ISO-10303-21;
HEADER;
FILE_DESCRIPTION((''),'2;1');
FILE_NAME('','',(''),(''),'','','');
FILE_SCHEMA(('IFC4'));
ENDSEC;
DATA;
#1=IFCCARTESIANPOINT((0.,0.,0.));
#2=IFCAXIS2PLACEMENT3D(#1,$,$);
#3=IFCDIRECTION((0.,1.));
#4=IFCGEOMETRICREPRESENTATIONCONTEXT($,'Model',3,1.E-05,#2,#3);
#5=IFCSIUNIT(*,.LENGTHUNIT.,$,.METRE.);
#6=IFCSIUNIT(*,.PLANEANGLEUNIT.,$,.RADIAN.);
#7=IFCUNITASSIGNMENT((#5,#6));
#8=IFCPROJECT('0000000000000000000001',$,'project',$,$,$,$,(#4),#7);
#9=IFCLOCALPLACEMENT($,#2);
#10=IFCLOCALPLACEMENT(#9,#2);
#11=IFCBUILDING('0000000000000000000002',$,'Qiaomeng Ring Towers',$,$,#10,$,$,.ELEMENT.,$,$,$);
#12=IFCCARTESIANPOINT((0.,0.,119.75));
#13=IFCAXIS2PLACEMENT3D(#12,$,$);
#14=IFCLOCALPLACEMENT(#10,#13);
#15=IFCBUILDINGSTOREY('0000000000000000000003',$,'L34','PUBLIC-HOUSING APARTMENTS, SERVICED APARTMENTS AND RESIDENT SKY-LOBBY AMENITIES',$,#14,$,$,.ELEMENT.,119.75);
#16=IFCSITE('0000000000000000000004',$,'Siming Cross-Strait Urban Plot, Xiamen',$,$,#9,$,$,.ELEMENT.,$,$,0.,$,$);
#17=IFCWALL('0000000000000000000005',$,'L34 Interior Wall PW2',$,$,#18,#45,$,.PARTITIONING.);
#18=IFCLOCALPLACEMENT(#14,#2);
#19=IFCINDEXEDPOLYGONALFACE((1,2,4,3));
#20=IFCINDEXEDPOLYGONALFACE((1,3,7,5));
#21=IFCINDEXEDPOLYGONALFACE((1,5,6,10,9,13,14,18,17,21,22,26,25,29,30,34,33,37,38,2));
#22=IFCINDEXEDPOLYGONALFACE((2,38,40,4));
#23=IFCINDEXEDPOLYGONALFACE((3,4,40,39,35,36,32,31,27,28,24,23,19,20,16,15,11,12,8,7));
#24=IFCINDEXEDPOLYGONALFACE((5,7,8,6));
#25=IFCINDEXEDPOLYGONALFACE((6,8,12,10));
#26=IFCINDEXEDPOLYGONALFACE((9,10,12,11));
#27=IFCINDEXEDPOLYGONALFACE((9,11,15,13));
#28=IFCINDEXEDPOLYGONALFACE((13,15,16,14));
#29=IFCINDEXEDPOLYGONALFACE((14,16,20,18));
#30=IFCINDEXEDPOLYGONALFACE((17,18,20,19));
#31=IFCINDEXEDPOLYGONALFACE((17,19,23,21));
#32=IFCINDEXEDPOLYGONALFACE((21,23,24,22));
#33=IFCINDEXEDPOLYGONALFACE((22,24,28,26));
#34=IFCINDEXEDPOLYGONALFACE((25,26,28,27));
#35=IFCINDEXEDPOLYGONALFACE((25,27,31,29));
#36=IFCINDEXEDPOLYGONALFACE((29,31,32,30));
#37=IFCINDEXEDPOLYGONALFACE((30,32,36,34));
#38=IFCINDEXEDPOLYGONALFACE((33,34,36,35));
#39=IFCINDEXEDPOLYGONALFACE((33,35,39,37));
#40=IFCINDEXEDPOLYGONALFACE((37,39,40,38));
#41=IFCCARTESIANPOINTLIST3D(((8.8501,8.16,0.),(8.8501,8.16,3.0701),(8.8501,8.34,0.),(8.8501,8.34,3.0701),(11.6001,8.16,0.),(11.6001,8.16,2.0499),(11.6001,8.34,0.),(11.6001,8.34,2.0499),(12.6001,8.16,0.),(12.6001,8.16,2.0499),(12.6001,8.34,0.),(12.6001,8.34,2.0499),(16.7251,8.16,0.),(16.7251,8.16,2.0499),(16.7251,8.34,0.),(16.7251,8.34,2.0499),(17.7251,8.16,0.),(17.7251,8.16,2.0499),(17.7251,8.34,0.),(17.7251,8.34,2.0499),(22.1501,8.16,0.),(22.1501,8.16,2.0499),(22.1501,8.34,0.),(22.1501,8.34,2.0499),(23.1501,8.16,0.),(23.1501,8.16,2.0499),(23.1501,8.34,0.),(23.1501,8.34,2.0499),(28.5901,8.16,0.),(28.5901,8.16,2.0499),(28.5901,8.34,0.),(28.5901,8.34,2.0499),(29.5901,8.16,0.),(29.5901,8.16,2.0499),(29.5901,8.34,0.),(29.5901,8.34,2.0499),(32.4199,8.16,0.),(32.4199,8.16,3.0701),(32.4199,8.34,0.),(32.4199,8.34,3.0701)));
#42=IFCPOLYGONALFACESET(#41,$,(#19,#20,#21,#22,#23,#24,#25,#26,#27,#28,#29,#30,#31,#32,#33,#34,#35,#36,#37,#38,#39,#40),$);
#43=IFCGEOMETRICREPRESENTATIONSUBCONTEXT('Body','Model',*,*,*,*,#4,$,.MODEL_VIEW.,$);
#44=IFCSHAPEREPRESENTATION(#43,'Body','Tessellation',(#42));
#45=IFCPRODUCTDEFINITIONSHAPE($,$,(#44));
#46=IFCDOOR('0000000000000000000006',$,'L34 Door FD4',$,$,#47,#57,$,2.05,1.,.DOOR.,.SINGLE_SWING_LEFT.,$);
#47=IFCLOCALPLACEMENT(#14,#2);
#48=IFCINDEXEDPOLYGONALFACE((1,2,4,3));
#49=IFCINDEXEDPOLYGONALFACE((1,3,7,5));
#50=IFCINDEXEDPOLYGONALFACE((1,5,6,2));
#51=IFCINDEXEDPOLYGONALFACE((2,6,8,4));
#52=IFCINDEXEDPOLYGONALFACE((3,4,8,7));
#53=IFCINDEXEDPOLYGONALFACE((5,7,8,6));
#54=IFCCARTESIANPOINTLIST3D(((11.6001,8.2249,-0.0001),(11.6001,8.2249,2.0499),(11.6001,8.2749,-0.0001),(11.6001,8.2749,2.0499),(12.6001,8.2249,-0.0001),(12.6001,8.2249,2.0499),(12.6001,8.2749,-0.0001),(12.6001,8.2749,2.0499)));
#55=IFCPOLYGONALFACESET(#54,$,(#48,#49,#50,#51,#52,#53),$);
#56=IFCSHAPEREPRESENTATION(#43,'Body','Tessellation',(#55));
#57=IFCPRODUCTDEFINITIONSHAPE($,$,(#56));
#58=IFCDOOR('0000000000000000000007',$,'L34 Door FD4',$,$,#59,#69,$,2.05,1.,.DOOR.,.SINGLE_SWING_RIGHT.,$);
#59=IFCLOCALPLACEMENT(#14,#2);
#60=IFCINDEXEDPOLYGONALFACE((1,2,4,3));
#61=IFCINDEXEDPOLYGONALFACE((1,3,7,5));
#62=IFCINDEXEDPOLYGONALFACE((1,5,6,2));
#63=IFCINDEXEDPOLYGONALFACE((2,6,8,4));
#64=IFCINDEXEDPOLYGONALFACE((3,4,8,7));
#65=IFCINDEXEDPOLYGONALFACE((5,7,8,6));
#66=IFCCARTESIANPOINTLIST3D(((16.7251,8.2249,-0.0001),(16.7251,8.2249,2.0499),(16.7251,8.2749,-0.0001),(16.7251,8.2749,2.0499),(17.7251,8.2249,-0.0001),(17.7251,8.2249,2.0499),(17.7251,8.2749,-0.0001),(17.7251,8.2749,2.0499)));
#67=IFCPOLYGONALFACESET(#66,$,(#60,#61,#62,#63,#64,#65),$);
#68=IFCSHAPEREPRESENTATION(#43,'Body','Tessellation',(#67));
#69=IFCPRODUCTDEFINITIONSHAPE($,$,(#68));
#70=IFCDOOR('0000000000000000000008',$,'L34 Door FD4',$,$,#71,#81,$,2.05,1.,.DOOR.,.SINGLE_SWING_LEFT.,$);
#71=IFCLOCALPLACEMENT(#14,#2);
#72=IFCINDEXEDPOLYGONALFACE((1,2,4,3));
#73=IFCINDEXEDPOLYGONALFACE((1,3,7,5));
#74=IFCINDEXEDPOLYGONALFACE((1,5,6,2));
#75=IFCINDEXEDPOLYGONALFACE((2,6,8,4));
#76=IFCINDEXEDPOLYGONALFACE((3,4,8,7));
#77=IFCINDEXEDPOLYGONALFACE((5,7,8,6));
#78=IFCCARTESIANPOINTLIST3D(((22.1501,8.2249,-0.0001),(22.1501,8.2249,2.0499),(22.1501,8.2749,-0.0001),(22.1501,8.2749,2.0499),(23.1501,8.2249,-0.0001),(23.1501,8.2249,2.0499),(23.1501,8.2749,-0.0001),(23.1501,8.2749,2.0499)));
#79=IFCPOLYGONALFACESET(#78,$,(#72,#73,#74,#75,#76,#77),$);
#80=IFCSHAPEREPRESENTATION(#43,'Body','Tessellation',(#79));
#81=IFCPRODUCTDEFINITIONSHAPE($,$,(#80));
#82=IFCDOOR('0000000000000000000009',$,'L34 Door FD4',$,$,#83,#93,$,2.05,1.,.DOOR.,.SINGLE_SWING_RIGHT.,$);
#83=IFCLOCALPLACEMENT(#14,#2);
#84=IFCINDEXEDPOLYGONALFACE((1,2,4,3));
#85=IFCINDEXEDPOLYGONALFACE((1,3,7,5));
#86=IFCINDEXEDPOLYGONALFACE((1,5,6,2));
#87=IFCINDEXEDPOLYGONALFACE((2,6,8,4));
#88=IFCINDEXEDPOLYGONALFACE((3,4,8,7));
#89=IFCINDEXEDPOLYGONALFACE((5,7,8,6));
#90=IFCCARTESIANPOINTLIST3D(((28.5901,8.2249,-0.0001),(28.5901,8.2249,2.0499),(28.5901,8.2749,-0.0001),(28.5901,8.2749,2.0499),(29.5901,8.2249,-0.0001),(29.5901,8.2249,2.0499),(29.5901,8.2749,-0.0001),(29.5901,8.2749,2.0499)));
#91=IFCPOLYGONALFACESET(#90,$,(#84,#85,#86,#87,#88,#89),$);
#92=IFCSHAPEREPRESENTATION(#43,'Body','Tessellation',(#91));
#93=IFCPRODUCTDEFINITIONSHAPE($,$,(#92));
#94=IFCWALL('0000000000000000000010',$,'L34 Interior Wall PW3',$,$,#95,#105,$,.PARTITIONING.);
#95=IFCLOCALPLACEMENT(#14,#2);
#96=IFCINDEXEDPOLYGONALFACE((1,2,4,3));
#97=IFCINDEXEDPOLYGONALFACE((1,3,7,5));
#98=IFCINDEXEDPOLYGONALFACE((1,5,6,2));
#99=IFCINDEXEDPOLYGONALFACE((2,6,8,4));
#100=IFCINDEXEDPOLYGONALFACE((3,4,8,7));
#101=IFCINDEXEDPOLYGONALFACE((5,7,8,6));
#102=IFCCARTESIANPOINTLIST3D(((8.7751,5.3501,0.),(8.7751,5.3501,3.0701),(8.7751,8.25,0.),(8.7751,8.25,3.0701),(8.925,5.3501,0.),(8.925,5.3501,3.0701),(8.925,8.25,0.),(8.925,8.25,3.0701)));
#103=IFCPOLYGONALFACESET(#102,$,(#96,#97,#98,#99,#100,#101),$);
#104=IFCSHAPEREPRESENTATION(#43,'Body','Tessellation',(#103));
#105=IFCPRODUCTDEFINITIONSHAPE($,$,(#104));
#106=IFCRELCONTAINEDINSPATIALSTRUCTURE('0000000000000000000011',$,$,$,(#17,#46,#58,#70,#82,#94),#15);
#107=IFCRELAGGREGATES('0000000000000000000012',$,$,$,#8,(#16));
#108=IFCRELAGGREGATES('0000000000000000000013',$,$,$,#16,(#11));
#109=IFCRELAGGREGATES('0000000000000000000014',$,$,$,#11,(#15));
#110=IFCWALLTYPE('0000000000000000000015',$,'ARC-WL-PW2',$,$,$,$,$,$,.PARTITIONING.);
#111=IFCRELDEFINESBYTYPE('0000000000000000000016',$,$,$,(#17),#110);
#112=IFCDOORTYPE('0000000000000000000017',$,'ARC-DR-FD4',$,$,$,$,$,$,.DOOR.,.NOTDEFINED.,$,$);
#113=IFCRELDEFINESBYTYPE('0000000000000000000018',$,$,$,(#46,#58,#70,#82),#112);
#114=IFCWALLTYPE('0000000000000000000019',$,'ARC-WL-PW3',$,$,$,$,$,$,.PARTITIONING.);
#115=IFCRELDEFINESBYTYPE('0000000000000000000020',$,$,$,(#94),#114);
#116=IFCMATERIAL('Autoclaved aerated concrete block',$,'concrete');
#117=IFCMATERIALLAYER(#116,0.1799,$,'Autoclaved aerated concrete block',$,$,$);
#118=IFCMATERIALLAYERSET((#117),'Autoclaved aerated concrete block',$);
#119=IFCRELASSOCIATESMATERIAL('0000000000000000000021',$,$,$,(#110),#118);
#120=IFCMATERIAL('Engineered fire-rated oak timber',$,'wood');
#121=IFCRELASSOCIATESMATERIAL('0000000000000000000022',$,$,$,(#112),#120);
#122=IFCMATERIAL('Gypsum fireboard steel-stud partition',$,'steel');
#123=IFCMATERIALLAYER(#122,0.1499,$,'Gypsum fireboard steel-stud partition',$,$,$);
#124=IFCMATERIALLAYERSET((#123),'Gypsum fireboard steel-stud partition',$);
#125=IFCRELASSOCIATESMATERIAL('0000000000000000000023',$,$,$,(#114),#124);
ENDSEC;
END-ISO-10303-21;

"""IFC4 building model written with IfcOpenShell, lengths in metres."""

from ifc_helpers import new_model, si_unit, direction, frame, frame_2d, origin, place, context, subcontext, project, spatial, rectangle, extrude, source, transform, mapped, material, layer, layer_set, type_object, element, fill, save


model = new_model("IFC4")

# Units and contexts
model_context = context("Model", 3, precision=1e-05, world=origin(), true_north=direction((0.0, 1.0)))
body_context = subcontext(model_context, "Body", "Model", "MODEL_VIEW")
ifc_project = project(units=[si_unit("LENGTHUNIT", "METRE"), si_unit("PLANEANGLEUNIT", "RADIAN")], contexts=[model_context])

# Site, building, storey
site_placement = place(None, origin())
site = spatial("IfcSite", under=ifc_project, at=site_placement, Name="Siming Cross-Strait Urban Plot, Xiamen", CompositionType="ELEMENT", RefElevation=0.0)
building_placement = place(site_placement, origin())
building = spatial("IfcBuilding", under=site, at=building_placement, Name="Qiaomeng Ring Towers", CompositionType="ELEMENT")
storey_placement = place(building_placement, frame((0.0, 0.0, 119.75)))
storey = spatial("IfcBuildingStorey", under=building, at=storey_placement, Name="L34", Description="PUBLIC-HOUSING APARTMENTS, SERVICED APARTMENTS AND RESIDENT SKY-LOBBY AMENITIES", CompositionType="ELEMENT", Elevation=119.75)

# Wall, openings, doors
ifc_material_1 = material(Name="Autoclaved aerated concrete block", Category="concrete")
ifc_layer_1 = layer(ifc_material_1, 0.1799, Name="Autoclaved aerated concrete block")
ifc_layer_set_1 = layer_set([ifc_layer_1], Name="Autoclaved aerated concrete block")
wall_type_1 = type_object("IfcWallType", Name="ARC-WL-PW2", PredefinedType="PARTITIONING", material=ifc_layer_set_1)
wall_1_placement = place(storey_placement, frame((8.8501, 8.25, 0.0), z_axis=(0.0, 0.0, 1.0), x_axis=(1.0, 0.0, 0.0)))
wall_1 = element("IfcWall", 1, at=wall_1_placement, inside=storey, type_object=wall_type_1, Name="L34 Interior Wall PW2", PredefinedType="PARTITIONING", context=body_context, shape_type="SweptSolid", body=[
    extrude(rectangle(XDim=23.5698, YDim=0.1799, at=frame_2d((11.7849, 0.0))), origin(), (0.0, 0.0, 1.0), 3.0701),
])
opening_1_placement = place(wall_1_placement, frame((2.75, 0.0, 0.0)))
opening_1 = element("IfcOpeningElement", 2, at=opening_1_placement, cuts=wall_1, PredefinedType="OPENING", context=body_context, shape_type="SweptSolid", body=[
    extrude(rectangle(XDim=1.0, YDim=2.05, at=frame_2d((0.5, 1.0249))), frame((0.0, 0.0999, 0.0), z_axis=(0.0, -1.0, 0.0), x_axis=(1.0, 0.0, 0.0)), (0.0, 0.0, 1.0), 0.2),
])
opening_2_placement = place(wall_1_placement, frame((7.875, 0.0, 0.0)))
opening_2 = element("IfcOpeningElement", 3, at=opening_2_placement, cuts=wall_1, PredefinedType="OPENING", context=body_context, shape_type="SweptSolid", body=[
    extrude(rectangle(XDim=1.0, YDim=2.05, at=frame_2d((0.5, 1.0249))), frame((0.0, 0.0999, 0.0), z_axis=(0.0, -1.0, 0.0), x_axis=(1.0, 0.0, 0.0)), (0.0, 0.0, 1.0), 0.2),
])
opening_3_placement = place(wall_1_placement, frame((13.3, 0.0, 0.0)))
opening_3 = element("IfcOpeningElement", 4, at=opening_3_placement, cuts=wall_1, PredefinedType="OPENING", context=body_context, shape_type="SweptSolid", body=[
    extrude(rectangle(XDim=1.0, YDim=2.05, at=frame_2d((0.5, 1.0249))), frame((0.0, 0.0999, 0.0), z_axis=(0.0, -1.0, 0.0), x_axis=(1.0, 0.0, 0.0)), (0.0, 0.0, 1.0), 0.2),
])
opening_4_placement = place(wall_1_placement, frame((19.74, 0.0, 0.0)))
opening_4 = element("IfcOpeningElement", 5, at=opening_4_placement, cuts=wall_1, PredefinedType="OPENING", context=body_context, shape_type="SweptSolid", body=[
    extrude(rectangle(XDim=1.0, YDim=2.05, at=frame_2d((0.5, 1.0249))), frame((0.0, 0.0999, 0.0), z_axis=(0.0, -1.0, 0.0), x_axis=(1.0, 0.0, 0.0)), (0.0, 0.0, 1.0), 0.2),
])
ifc_material_2 = material(Name="Engineered fire-rated oak timber", Category="wood")
door_type_1 = type_object("IfcDoorType", Name="ARC-DR-FD4", OperationType="NOTDEFINED", PredefinedType="DOOR", material=ifc_material_2)
shared_shape_1 = source(origin(), body_context, "Body", "SweptSolid", [
    extrude(rectangle(XDim=1.0, YDim=2.05, at=frame_2d((0.5, 1.0249))), frame((0.0, 0.0249, 0.0), z_axis=(0.0, -1.0, 0.0), x_axis=(1.0, 0.0, 0.0)), (0.0, 0.0, 1.0), 0.05),
])
door_1_placement = place(opening_1_placement, origin())
door_1 = element("IfcDoor", 6, at=door_1_placement, inside=storey, type_object=door_type_1, Name="L34 Door FD4", OperationType="SINGLE_SWING_LEFT", OverallHeight=2.05, OverallWidth=1.0, PredefinedType="DOOR", context=body_context, shape_type="MappedRepresentation", body=[
    mapped(shared_shape_1, transform((0.0, 0.0, 0.0), x_axis=(1.0, 0.0, 0.0), y_axis=(0.0, 1.0, 0.0), z_axis=(0.0, 0.0, 1.0), scale=1.0)),
])
fill(opening_1, door_1)
door_2_placement = place(opening_2_placement, origin())
door_2 = element("IfcDoor", 7, at=door_2_placement, inside=storey, type_object=door_type_1, Name="L34 Door FD4", OperationType="SINGLE_SWING_RIGHT", OverallHeight=2.05, OverallWidth=1.0, PredefinedType="DOOR", context=body_context, shape_type="MappedRepresentation", body=[
    mapped(shared_shape_1, transform((0.0, 0.0, 0.0), x_axis=(1.0, 0.0, 0.0), y_axis=(0.0, 1.0, 0.0), z_axis=(0.0, 0.0, 1.0), scale=1.0)),
])
fill(opening_2, door_2)
door_3_placement = place(opening_3_placement, origin())
door_3 = element("IfcDoor", 8, at=door_3_placement, inside=storey, type_object=door_type_1, Name="L34 Door FD4", OperationType="SINGLE_SWING_LEFT", OverallHeight=2.05, OverallWidth=1.0, PredefinedType="DOOR", context=body_context, shape_type="MappedRepresentation", body=[
    mapped(shared_shape_1, transform((0.0, 0.0, 0.0), x_axis=(1.0, 0.0, 0.0), y_axis=(0.0, 1.0, 0.0), z_axis=(0.0, 0.0, 1.0), scale=1.0)),
])
fill(opening_3, door_3)
door_4_placement = place(opening_4_placement, origin())
door_4 = element("IfcDoor", 9, at=door_4_placement, inside=storey, type_object=door_type_1, Name="L34 Door FD4", OperationType="SINGLE_SWING_RIGHT", OverallHeight=2.05, OverallWidth=1.0, PredefinedType="DOOR", context=body_context, shape_type="MappedRepresentation", body=[
    mapped(shared_shape_1, transform((0.0, 0.0, 0.0), x_axis=(1.0, 0.0, 0.0), y_axis=(0.0, 1.0, 0.0), z_axis=(0.0, 0.0, 1.0), scale=1.0)),
])
fill(opening_4, door_4)

# Wall
ifc_material_3 = material(Name="Gypsum fireboard steel-stud partition", Category="steel")
ifc_layer_2 = layer(ifc_material_3, 0.1499, Name="Gypsum fireboard steel-stud partition")
ifc_layer_set_2 = layer_set([ifc_layer_2], Name="Gypsum fireboard steel-stud partition")
wall_type_2 = type_object("IfcWallType", Name="ARC-WL-PW3", PredefinedType="PARTITIONING", material=ifc_layer_set_2)
wall_2_placement = place(storey_placement, frame((8.8501, 5.3501, 0.0), z_axis=(0.0, 0.0, 1.0), x_axis=(0.0, 1.0, 0.0)))
element("IfcWall", 10, at=wall_2_placement, inside=storey, type_object=wall_type_2, Name="L34 Interior Wall PW3", PredefinedType="PARTITIONING", context=body_context, shape_type="SweptSolid", body=[
    extrude(rectangle(XDim=2.8999, YDim=0.1499, at=frame_2d((1.45, 0.0))), origin(), (0.0, 0.0, 1.0), 3.0701),
])

save(model, "model.ifc")
